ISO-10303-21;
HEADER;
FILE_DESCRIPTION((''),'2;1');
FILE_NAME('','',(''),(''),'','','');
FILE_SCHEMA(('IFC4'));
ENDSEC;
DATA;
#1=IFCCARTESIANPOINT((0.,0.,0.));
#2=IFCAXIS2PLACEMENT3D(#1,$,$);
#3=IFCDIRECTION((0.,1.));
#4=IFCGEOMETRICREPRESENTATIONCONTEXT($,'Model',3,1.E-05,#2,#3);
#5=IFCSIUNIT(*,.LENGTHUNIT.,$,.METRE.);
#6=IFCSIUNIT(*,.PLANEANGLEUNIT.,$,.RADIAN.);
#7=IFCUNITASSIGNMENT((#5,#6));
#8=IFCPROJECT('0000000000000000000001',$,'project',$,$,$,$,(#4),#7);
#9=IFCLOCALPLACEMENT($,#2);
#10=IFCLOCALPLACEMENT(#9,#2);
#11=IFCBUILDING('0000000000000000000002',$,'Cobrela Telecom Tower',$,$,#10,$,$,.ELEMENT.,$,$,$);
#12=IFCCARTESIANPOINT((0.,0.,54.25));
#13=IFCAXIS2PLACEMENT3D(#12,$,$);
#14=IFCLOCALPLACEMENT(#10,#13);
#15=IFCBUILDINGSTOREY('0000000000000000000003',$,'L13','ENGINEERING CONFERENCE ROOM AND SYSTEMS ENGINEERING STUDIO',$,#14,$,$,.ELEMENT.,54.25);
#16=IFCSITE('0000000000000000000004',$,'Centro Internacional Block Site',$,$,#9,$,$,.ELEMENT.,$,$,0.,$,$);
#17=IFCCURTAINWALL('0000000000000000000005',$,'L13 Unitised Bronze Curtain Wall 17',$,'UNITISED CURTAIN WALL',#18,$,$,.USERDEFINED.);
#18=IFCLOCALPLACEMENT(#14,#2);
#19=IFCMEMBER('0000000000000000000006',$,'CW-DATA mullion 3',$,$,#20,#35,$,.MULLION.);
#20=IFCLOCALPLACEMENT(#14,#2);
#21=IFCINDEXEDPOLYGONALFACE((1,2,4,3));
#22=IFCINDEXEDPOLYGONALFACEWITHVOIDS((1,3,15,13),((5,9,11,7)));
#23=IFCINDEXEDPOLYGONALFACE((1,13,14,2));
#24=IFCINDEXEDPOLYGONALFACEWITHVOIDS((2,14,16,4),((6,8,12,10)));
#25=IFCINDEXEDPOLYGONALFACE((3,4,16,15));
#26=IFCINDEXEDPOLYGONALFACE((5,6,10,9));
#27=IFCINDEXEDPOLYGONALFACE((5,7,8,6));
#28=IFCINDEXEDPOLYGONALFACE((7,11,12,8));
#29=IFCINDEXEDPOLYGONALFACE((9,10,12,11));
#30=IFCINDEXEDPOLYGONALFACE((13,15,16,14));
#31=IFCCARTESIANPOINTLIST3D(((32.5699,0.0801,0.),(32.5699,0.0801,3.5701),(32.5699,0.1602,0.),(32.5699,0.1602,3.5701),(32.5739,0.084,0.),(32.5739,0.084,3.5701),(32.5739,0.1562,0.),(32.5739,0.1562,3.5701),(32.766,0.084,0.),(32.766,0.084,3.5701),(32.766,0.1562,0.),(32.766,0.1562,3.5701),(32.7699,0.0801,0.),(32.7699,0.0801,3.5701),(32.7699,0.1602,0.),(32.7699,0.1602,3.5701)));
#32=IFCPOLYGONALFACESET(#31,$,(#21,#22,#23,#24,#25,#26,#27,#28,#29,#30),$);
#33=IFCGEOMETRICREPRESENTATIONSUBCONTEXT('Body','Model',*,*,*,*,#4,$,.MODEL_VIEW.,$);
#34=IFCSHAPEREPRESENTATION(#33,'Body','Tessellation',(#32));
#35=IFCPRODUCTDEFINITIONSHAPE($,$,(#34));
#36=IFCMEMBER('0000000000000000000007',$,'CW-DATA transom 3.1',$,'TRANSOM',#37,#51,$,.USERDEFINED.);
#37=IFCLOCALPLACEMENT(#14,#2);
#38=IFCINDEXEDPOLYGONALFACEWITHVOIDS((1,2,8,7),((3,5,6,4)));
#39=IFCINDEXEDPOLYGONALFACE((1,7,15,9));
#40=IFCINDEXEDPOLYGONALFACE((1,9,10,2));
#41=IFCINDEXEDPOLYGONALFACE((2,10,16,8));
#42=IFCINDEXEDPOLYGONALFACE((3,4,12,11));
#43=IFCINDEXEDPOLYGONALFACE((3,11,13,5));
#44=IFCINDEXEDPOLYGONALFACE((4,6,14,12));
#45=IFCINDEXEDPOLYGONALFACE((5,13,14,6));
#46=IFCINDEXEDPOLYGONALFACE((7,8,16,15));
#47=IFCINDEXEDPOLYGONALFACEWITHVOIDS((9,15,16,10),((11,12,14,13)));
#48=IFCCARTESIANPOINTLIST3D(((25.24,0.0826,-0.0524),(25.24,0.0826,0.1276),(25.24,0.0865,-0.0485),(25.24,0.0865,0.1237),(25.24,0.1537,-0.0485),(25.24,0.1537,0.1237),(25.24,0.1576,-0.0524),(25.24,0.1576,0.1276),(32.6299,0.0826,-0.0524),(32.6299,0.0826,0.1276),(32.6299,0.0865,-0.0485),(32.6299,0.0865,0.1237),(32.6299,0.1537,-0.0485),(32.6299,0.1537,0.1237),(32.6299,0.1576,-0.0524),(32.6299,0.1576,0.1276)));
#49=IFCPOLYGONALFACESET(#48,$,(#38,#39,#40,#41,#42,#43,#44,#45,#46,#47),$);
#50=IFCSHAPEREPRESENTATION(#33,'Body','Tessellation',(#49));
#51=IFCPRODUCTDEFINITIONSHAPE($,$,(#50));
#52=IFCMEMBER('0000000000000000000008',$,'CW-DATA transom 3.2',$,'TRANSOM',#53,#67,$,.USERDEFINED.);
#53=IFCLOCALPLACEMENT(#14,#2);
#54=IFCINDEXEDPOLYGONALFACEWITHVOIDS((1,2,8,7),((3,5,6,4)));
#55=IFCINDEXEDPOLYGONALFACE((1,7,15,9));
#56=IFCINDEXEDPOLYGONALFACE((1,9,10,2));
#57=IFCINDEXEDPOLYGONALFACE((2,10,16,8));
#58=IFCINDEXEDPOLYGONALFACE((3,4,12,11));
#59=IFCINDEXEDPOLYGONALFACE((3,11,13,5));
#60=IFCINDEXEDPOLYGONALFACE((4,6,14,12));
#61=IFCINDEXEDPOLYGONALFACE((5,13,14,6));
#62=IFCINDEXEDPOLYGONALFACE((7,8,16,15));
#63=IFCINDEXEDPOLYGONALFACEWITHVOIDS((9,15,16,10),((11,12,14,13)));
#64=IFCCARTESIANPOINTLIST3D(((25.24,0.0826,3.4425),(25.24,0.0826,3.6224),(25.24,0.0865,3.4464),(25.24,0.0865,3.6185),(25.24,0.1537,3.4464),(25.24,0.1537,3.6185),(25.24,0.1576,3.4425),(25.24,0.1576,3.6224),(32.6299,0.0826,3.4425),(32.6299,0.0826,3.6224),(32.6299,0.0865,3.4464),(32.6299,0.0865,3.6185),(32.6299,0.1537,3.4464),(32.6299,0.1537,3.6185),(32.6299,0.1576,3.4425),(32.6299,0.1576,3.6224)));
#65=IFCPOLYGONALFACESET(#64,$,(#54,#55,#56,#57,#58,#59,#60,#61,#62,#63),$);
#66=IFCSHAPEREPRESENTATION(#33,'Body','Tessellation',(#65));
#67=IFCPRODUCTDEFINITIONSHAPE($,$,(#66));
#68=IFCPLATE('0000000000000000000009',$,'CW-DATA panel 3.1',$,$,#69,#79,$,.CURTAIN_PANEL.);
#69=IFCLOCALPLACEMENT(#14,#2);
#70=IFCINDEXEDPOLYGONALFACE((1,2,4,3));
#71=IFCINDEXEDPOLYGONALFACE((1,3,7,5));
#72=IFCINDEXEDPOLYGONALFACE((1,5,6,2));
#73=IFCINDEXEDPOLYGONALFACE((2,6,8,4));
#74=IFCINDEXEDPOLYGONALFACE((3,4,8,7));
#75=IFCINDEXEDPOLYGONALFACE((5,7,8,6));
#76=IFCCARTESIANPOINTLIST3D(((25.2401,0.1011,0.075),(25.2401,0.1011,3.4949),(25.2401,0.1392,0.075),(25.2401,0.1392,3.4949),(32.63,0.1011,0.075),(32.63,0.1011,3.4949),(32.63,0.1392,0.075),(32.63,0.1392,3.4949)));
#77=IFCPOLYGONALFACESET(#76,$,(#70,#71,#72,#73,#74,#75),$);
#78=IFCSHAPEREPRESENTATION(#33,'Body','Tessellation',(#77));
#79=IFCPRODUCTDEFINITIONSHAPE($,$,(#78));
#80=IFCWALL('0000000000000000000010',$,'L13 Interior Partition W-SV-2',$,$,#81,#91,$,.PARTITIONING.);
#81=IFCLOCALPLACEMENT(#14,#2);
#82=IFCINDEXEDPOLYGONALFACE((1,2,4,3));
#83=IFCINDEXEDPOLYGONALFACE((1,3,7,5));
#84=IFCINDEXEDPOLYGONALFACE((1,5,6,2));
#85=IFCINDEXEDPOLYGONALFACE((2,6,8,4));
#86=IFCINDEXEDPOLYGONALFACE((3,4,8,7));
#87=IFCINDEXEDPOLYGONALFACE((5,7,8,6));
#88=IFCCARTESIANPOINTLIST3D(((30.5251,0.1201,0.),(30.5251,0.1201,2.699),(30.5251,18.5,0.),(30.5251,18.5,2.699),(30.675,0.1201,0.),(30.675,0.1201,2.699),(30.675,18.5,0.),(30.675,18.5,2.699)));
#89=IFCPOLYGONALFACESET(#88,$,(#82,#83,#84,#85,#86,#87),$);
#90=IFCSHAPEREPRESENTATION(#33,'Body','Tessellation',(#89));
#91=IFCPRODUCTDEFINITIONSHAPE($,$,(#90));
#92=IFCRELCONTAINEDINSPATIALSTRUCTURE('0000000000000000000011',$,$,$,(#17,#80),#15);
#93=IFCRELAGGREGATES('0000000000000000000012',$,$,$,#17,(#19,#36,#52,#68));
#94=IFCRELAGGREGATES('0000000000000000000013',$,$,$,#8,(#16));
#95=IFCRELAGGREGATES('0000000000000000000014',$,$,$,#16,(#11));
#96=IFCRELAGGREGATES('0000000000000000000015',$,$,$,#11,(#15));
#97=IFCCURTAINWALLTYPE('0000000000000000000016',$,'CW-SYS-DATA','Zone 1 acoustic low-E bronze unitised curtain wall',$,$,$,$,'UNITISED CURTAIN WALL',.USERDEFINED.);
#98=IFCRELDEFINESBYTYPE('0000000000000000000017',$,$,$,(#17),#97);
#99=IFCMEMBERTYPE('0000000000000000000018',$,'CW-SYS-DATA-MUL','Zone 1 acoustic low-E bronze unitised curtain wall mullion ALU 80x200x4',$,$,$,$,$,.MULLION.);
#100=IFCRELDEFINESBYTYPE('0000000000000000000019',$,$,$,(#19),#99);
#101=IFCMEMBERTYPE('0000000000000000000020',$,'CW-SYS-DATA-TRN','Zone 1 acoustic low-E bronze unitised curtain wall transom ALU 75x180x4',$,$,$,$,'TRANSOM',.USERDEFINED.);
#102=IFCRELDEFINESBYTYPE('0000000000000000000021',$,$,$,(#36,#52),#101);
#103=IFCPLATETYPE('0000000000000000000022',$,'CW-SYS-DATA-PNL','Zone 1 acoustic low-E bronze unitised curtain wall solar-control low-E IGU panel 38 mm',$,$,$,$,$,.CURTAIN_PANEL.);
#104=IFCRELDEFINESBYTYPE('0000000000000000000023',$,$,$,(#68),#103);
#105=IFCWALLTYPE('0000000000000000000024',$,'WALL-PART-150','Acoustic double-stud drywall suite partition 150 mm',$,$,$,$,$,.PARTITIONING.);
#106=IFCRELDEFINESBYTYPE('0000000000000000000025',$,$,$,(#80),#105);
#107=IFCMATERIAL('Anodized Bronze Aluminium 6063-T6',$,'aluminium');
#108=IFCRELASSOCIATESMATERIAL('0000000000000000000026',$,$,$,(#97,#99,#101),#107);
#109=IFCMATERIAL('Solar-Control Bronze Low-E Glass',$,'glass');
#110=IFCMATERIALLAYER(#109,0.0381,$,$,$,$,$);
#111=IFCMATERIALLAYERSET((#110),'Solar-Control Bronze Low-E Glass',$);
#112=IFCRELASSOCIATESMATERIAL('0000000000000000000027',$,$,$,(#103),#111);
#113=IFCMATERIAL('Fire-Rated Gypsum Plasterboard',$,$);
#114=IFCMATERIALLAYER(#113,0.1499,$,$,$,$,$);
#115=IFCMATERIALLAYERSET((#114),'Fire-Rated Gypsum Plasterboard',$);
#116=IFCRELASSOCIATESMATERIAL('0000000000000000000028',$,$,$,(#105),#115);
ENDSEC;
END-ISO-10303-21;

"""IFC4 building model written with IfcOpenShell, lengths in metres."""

from ifc_helpers import new_model, si_unit, direction, frame, frame_2d, origin, origin_2d, place, context, subcontext, project, spatial, rectangle, hollow_rectangle, extrude, material, layer, layer_set, material_profile, profile_set, type_object, element, aggregate, save


model = new_model("IFC4")

# Units and contexts
model_context = context("Model", 3, precision=1e-05, world=origin(), true_north=direction((0.0, 1.0)))
body_context = subcontext(model_context, "Body", "Model", "MODEL_VIEW")
ifc_project = project(units=[si_unit("LENGTHUNIT", "METRE"), si_unit("PLANEANGLEUNIT", "RADIAN")], contexts=[model_context])

# Site, building, storey
site_placement = place(None, origin())
site = spatial("IfcSite", under=ifc_project, at=site_placement, Name="Centro Internacional Block Site", CompositionType="ELEMENT", RefElevation=0.0)
building_placement = place(site_placement, origin())
building = spatial("IfcBuilding", under=site, at=building_placement, Name="Cobrela Telecom Tower", CompositionType="ELEMENT")
storey_placement = place(building_placement, frame((0.0, 0.0, 54.25)))
storey = spatial("IfcBuildingStorey", under=building, at=storey_placement, Name="L13", Description="ENGINEERING CONFERENCE ROOM AND SYSTEMS ENGINEERING STUDIO", CompositionType="ELEMENT", Elevation=54.25)

# Curtain wall, members, plate
ifc_material_1 = material(Name="Anodized Bronze Aluminium 6063-T6", Category="aluminium")
curtain_wall_type = type_object("IfcCurtainWallType", Name="CW-SYS-DATA", Description="Zone 1 acoustic low-E bronze unitised curtain wall", ElementType="UNITISED CURTAIN WALL", PredefinedType="USERDEFINED", material=ifc_material_1)
curtain_wall_placement = place(storey_placement, origin())
curtain_wall = element("IfcCurtainWall", 1, at=curtain_wall_placement, inside=storey, type_object=curtain_wall_type, Name="L13 Unitised Bronze Curtain Wall 17", ObjectType="UNITISED CURTAIN WALL", PredefinedType="USERDEFINED")
ifc_material_profile_1 = material_profile(ifc_material_1, hollow_rectangle(XDim=0.0801, YDim=0.2, WallThickness=0.0039, at=origin_2d()), Name="ALU 80x200x4")
ifc_profile_set_1 = profile_set([ifc_material_profile_1], Name="Anodized Bronze Aluminium 6063-T6")
member_type_1 = type_object("IfcMemberType", Name="CW-SYS-DATA-MUL", Description="Zone 1 acoustic low-E bronze unitised curtain wall mullion ALU 80x200x4", PredefinedType="MULLION", material=ifc_profile_set_1)
member_1_placement = place(storey_placement, frame((32.6699, 0.1201, 0.0), z_axis=(0.0, 0.0, 1.0), x_axis=(0.0, -1.0, 0.0)))
member_1 = element("IfcMember", 2, at=member_1_placement, type_object=member_type_1, Name="CW-DATA mullion 3", PredefinedType="MULLION", context=body_context, shape_type="SweptSolid", body=[
    extrude(hollow_rectangle(XDim=0.0801, YDim=0.2, WallThickness=0.0039, at=origin_2d()), origin(), (0.0, 0.0, 1.0), 3.5701),
])
ifc_material_profile_2 = material_profile(ifc_material_1, hollow_rectangle(XDim=0.075, YDim=0.1799, WallThickness=0.0039, at=origin_2d()), Name="ALU 75x180x4")
ifc_profile_set_2 = profile_set([ifc_material_profile_2], Name="Anodized Bronze Aluminium 6063-T6")
member_type_2 = type_object("IfcMemberType", Name="CW-SYS-DATA-TRN", Description="Zone 1 acoustic low-E bronze unitised curtain wall transom ALU 75x180x4", ElementType="TRANSOM", PredefinedType="USERDEFINED", material=ifc_profile_set_2)
member_2_placement = place(storey_placement, frame((32.6299, 0.1201, 0.0376), z_axis=(-1.0, 0.0, 0.0), x_axis=(0.0, -1.0, 0.0)))
member_2 = element("IfcMember", 3, at=member_2_placement, type_object=member_type_2, Name="CW-DATA transom 3.1", ObjectType="TRANSOM", PredefinedType="USERDEFINED", context=body_context, shape_type="SweptSolid", body=[
    extrude(hollow_rectangle(XDim=0.075, YDim=0.1799, WallThickness=0.0039, at=origin_2d()), origin(), (0.0, 0.0, 1.0), 7.3899),
])
member_3_placement = place(storey_placement, frame((32.6299, 0.1201, 3.5325), z_axis=(-1.0, 0.0, 0.0), x_axis=(0.0, -1.0, 0.0)))
member_3 = element("IfcMember", 4, at=member_3_placement, type_object=member_type_2, Name="CW-DATA transom 3.2", ObjectType="TRANSOM", PredefinedType="USERDEFINED", context=body_context, shape_type="SweptSolid", body=[
    extrude(hollow_rectangle(XDim=0.075, YDim=0.1799, WallThickness=0.0039, at=origin_2d()), origin(), (0.0, 0.0, 1.0), 7.3899),
])
ifc_material_2 = material(Name="Solar-Control Bronze Low-E Glass", Category="glass")
ifc_layer_1 = layer(ifc_material_2, 0.0381)
ifc_layer_set_1 = layer_set([ifc_layer_1], Name="Solar-Control Bronze Low-E Glass")
plate_type = type_object("IfcPlateType", Name="CW-SYS-DATA-PNL", Description="Zone 1 acoustic low-E bronze unitised curtain wall solar-control low-E IGU panel 38 mm", PredefinedType="CURTAIN_PANEL", material=ifc_layer_set_1)
plate_placement = place(storey_placement, frame((28.9351, 0.1201, 0.075), z_axis=(0.0, 0.0, 1.0), x_axis=(-1.0, 0.0, 0.0)))
plate = element("IfcPlate", 5, at=plate_placement, type_object=plate_type, Name="CW-DATA panel 3.1", PredefinedType="CURTAIN_PANEL", context=body_context, shape_type="SweptSolid", body=[
    extrude(rectangle(XDim=7.3899, YDim=0.0381, at=origin_2d()), origin(), (0.0, 0.0, 1.0), 3.4199),
])
aggregate(curtain_wall, [member_1, member_2, member_3, plate])

# Wall
ifc_material_3 = material(Name="Fire-Rated Gypsum Plasterboard")
ifc_layer_2 = layer(ifc_material_3, 0.1499)
ifc_layer_set_2 = layer_set([ifc_layer_2], Name="Fire-Rated Gypsum Plasterboard")
wall_type = type_object("IfcWallType", Name="WALL-PART-150", Description="Acoustic double-stud drywall suite partition 150 mm", PredefinedType="PARTITIONING", material=ifc_layer_set_2)
wall_placement = place(storey_placement, frame((30.6001, 0.1201, 0.0), z_axis=(0.0, 0.0, 1.0), x_axis=(0.0, 1.0, 0.0)))
element("IfcWall", 6, at=wall_placement, inside=storey, type_object=wall_type, Name="L13 Interior Partition W-SV-2", PredefinedType="PARTITIONING", context=body_context, shape_type="SweptSolid", body=[
    extrude(rectangle(XDim=18.3799, YDim=0.1499, at=frame_2d((9.1899, 0.0))), origin(), (0.0, 0.0, 1.0), 2.699),
])

save(model, "model.ifc")
